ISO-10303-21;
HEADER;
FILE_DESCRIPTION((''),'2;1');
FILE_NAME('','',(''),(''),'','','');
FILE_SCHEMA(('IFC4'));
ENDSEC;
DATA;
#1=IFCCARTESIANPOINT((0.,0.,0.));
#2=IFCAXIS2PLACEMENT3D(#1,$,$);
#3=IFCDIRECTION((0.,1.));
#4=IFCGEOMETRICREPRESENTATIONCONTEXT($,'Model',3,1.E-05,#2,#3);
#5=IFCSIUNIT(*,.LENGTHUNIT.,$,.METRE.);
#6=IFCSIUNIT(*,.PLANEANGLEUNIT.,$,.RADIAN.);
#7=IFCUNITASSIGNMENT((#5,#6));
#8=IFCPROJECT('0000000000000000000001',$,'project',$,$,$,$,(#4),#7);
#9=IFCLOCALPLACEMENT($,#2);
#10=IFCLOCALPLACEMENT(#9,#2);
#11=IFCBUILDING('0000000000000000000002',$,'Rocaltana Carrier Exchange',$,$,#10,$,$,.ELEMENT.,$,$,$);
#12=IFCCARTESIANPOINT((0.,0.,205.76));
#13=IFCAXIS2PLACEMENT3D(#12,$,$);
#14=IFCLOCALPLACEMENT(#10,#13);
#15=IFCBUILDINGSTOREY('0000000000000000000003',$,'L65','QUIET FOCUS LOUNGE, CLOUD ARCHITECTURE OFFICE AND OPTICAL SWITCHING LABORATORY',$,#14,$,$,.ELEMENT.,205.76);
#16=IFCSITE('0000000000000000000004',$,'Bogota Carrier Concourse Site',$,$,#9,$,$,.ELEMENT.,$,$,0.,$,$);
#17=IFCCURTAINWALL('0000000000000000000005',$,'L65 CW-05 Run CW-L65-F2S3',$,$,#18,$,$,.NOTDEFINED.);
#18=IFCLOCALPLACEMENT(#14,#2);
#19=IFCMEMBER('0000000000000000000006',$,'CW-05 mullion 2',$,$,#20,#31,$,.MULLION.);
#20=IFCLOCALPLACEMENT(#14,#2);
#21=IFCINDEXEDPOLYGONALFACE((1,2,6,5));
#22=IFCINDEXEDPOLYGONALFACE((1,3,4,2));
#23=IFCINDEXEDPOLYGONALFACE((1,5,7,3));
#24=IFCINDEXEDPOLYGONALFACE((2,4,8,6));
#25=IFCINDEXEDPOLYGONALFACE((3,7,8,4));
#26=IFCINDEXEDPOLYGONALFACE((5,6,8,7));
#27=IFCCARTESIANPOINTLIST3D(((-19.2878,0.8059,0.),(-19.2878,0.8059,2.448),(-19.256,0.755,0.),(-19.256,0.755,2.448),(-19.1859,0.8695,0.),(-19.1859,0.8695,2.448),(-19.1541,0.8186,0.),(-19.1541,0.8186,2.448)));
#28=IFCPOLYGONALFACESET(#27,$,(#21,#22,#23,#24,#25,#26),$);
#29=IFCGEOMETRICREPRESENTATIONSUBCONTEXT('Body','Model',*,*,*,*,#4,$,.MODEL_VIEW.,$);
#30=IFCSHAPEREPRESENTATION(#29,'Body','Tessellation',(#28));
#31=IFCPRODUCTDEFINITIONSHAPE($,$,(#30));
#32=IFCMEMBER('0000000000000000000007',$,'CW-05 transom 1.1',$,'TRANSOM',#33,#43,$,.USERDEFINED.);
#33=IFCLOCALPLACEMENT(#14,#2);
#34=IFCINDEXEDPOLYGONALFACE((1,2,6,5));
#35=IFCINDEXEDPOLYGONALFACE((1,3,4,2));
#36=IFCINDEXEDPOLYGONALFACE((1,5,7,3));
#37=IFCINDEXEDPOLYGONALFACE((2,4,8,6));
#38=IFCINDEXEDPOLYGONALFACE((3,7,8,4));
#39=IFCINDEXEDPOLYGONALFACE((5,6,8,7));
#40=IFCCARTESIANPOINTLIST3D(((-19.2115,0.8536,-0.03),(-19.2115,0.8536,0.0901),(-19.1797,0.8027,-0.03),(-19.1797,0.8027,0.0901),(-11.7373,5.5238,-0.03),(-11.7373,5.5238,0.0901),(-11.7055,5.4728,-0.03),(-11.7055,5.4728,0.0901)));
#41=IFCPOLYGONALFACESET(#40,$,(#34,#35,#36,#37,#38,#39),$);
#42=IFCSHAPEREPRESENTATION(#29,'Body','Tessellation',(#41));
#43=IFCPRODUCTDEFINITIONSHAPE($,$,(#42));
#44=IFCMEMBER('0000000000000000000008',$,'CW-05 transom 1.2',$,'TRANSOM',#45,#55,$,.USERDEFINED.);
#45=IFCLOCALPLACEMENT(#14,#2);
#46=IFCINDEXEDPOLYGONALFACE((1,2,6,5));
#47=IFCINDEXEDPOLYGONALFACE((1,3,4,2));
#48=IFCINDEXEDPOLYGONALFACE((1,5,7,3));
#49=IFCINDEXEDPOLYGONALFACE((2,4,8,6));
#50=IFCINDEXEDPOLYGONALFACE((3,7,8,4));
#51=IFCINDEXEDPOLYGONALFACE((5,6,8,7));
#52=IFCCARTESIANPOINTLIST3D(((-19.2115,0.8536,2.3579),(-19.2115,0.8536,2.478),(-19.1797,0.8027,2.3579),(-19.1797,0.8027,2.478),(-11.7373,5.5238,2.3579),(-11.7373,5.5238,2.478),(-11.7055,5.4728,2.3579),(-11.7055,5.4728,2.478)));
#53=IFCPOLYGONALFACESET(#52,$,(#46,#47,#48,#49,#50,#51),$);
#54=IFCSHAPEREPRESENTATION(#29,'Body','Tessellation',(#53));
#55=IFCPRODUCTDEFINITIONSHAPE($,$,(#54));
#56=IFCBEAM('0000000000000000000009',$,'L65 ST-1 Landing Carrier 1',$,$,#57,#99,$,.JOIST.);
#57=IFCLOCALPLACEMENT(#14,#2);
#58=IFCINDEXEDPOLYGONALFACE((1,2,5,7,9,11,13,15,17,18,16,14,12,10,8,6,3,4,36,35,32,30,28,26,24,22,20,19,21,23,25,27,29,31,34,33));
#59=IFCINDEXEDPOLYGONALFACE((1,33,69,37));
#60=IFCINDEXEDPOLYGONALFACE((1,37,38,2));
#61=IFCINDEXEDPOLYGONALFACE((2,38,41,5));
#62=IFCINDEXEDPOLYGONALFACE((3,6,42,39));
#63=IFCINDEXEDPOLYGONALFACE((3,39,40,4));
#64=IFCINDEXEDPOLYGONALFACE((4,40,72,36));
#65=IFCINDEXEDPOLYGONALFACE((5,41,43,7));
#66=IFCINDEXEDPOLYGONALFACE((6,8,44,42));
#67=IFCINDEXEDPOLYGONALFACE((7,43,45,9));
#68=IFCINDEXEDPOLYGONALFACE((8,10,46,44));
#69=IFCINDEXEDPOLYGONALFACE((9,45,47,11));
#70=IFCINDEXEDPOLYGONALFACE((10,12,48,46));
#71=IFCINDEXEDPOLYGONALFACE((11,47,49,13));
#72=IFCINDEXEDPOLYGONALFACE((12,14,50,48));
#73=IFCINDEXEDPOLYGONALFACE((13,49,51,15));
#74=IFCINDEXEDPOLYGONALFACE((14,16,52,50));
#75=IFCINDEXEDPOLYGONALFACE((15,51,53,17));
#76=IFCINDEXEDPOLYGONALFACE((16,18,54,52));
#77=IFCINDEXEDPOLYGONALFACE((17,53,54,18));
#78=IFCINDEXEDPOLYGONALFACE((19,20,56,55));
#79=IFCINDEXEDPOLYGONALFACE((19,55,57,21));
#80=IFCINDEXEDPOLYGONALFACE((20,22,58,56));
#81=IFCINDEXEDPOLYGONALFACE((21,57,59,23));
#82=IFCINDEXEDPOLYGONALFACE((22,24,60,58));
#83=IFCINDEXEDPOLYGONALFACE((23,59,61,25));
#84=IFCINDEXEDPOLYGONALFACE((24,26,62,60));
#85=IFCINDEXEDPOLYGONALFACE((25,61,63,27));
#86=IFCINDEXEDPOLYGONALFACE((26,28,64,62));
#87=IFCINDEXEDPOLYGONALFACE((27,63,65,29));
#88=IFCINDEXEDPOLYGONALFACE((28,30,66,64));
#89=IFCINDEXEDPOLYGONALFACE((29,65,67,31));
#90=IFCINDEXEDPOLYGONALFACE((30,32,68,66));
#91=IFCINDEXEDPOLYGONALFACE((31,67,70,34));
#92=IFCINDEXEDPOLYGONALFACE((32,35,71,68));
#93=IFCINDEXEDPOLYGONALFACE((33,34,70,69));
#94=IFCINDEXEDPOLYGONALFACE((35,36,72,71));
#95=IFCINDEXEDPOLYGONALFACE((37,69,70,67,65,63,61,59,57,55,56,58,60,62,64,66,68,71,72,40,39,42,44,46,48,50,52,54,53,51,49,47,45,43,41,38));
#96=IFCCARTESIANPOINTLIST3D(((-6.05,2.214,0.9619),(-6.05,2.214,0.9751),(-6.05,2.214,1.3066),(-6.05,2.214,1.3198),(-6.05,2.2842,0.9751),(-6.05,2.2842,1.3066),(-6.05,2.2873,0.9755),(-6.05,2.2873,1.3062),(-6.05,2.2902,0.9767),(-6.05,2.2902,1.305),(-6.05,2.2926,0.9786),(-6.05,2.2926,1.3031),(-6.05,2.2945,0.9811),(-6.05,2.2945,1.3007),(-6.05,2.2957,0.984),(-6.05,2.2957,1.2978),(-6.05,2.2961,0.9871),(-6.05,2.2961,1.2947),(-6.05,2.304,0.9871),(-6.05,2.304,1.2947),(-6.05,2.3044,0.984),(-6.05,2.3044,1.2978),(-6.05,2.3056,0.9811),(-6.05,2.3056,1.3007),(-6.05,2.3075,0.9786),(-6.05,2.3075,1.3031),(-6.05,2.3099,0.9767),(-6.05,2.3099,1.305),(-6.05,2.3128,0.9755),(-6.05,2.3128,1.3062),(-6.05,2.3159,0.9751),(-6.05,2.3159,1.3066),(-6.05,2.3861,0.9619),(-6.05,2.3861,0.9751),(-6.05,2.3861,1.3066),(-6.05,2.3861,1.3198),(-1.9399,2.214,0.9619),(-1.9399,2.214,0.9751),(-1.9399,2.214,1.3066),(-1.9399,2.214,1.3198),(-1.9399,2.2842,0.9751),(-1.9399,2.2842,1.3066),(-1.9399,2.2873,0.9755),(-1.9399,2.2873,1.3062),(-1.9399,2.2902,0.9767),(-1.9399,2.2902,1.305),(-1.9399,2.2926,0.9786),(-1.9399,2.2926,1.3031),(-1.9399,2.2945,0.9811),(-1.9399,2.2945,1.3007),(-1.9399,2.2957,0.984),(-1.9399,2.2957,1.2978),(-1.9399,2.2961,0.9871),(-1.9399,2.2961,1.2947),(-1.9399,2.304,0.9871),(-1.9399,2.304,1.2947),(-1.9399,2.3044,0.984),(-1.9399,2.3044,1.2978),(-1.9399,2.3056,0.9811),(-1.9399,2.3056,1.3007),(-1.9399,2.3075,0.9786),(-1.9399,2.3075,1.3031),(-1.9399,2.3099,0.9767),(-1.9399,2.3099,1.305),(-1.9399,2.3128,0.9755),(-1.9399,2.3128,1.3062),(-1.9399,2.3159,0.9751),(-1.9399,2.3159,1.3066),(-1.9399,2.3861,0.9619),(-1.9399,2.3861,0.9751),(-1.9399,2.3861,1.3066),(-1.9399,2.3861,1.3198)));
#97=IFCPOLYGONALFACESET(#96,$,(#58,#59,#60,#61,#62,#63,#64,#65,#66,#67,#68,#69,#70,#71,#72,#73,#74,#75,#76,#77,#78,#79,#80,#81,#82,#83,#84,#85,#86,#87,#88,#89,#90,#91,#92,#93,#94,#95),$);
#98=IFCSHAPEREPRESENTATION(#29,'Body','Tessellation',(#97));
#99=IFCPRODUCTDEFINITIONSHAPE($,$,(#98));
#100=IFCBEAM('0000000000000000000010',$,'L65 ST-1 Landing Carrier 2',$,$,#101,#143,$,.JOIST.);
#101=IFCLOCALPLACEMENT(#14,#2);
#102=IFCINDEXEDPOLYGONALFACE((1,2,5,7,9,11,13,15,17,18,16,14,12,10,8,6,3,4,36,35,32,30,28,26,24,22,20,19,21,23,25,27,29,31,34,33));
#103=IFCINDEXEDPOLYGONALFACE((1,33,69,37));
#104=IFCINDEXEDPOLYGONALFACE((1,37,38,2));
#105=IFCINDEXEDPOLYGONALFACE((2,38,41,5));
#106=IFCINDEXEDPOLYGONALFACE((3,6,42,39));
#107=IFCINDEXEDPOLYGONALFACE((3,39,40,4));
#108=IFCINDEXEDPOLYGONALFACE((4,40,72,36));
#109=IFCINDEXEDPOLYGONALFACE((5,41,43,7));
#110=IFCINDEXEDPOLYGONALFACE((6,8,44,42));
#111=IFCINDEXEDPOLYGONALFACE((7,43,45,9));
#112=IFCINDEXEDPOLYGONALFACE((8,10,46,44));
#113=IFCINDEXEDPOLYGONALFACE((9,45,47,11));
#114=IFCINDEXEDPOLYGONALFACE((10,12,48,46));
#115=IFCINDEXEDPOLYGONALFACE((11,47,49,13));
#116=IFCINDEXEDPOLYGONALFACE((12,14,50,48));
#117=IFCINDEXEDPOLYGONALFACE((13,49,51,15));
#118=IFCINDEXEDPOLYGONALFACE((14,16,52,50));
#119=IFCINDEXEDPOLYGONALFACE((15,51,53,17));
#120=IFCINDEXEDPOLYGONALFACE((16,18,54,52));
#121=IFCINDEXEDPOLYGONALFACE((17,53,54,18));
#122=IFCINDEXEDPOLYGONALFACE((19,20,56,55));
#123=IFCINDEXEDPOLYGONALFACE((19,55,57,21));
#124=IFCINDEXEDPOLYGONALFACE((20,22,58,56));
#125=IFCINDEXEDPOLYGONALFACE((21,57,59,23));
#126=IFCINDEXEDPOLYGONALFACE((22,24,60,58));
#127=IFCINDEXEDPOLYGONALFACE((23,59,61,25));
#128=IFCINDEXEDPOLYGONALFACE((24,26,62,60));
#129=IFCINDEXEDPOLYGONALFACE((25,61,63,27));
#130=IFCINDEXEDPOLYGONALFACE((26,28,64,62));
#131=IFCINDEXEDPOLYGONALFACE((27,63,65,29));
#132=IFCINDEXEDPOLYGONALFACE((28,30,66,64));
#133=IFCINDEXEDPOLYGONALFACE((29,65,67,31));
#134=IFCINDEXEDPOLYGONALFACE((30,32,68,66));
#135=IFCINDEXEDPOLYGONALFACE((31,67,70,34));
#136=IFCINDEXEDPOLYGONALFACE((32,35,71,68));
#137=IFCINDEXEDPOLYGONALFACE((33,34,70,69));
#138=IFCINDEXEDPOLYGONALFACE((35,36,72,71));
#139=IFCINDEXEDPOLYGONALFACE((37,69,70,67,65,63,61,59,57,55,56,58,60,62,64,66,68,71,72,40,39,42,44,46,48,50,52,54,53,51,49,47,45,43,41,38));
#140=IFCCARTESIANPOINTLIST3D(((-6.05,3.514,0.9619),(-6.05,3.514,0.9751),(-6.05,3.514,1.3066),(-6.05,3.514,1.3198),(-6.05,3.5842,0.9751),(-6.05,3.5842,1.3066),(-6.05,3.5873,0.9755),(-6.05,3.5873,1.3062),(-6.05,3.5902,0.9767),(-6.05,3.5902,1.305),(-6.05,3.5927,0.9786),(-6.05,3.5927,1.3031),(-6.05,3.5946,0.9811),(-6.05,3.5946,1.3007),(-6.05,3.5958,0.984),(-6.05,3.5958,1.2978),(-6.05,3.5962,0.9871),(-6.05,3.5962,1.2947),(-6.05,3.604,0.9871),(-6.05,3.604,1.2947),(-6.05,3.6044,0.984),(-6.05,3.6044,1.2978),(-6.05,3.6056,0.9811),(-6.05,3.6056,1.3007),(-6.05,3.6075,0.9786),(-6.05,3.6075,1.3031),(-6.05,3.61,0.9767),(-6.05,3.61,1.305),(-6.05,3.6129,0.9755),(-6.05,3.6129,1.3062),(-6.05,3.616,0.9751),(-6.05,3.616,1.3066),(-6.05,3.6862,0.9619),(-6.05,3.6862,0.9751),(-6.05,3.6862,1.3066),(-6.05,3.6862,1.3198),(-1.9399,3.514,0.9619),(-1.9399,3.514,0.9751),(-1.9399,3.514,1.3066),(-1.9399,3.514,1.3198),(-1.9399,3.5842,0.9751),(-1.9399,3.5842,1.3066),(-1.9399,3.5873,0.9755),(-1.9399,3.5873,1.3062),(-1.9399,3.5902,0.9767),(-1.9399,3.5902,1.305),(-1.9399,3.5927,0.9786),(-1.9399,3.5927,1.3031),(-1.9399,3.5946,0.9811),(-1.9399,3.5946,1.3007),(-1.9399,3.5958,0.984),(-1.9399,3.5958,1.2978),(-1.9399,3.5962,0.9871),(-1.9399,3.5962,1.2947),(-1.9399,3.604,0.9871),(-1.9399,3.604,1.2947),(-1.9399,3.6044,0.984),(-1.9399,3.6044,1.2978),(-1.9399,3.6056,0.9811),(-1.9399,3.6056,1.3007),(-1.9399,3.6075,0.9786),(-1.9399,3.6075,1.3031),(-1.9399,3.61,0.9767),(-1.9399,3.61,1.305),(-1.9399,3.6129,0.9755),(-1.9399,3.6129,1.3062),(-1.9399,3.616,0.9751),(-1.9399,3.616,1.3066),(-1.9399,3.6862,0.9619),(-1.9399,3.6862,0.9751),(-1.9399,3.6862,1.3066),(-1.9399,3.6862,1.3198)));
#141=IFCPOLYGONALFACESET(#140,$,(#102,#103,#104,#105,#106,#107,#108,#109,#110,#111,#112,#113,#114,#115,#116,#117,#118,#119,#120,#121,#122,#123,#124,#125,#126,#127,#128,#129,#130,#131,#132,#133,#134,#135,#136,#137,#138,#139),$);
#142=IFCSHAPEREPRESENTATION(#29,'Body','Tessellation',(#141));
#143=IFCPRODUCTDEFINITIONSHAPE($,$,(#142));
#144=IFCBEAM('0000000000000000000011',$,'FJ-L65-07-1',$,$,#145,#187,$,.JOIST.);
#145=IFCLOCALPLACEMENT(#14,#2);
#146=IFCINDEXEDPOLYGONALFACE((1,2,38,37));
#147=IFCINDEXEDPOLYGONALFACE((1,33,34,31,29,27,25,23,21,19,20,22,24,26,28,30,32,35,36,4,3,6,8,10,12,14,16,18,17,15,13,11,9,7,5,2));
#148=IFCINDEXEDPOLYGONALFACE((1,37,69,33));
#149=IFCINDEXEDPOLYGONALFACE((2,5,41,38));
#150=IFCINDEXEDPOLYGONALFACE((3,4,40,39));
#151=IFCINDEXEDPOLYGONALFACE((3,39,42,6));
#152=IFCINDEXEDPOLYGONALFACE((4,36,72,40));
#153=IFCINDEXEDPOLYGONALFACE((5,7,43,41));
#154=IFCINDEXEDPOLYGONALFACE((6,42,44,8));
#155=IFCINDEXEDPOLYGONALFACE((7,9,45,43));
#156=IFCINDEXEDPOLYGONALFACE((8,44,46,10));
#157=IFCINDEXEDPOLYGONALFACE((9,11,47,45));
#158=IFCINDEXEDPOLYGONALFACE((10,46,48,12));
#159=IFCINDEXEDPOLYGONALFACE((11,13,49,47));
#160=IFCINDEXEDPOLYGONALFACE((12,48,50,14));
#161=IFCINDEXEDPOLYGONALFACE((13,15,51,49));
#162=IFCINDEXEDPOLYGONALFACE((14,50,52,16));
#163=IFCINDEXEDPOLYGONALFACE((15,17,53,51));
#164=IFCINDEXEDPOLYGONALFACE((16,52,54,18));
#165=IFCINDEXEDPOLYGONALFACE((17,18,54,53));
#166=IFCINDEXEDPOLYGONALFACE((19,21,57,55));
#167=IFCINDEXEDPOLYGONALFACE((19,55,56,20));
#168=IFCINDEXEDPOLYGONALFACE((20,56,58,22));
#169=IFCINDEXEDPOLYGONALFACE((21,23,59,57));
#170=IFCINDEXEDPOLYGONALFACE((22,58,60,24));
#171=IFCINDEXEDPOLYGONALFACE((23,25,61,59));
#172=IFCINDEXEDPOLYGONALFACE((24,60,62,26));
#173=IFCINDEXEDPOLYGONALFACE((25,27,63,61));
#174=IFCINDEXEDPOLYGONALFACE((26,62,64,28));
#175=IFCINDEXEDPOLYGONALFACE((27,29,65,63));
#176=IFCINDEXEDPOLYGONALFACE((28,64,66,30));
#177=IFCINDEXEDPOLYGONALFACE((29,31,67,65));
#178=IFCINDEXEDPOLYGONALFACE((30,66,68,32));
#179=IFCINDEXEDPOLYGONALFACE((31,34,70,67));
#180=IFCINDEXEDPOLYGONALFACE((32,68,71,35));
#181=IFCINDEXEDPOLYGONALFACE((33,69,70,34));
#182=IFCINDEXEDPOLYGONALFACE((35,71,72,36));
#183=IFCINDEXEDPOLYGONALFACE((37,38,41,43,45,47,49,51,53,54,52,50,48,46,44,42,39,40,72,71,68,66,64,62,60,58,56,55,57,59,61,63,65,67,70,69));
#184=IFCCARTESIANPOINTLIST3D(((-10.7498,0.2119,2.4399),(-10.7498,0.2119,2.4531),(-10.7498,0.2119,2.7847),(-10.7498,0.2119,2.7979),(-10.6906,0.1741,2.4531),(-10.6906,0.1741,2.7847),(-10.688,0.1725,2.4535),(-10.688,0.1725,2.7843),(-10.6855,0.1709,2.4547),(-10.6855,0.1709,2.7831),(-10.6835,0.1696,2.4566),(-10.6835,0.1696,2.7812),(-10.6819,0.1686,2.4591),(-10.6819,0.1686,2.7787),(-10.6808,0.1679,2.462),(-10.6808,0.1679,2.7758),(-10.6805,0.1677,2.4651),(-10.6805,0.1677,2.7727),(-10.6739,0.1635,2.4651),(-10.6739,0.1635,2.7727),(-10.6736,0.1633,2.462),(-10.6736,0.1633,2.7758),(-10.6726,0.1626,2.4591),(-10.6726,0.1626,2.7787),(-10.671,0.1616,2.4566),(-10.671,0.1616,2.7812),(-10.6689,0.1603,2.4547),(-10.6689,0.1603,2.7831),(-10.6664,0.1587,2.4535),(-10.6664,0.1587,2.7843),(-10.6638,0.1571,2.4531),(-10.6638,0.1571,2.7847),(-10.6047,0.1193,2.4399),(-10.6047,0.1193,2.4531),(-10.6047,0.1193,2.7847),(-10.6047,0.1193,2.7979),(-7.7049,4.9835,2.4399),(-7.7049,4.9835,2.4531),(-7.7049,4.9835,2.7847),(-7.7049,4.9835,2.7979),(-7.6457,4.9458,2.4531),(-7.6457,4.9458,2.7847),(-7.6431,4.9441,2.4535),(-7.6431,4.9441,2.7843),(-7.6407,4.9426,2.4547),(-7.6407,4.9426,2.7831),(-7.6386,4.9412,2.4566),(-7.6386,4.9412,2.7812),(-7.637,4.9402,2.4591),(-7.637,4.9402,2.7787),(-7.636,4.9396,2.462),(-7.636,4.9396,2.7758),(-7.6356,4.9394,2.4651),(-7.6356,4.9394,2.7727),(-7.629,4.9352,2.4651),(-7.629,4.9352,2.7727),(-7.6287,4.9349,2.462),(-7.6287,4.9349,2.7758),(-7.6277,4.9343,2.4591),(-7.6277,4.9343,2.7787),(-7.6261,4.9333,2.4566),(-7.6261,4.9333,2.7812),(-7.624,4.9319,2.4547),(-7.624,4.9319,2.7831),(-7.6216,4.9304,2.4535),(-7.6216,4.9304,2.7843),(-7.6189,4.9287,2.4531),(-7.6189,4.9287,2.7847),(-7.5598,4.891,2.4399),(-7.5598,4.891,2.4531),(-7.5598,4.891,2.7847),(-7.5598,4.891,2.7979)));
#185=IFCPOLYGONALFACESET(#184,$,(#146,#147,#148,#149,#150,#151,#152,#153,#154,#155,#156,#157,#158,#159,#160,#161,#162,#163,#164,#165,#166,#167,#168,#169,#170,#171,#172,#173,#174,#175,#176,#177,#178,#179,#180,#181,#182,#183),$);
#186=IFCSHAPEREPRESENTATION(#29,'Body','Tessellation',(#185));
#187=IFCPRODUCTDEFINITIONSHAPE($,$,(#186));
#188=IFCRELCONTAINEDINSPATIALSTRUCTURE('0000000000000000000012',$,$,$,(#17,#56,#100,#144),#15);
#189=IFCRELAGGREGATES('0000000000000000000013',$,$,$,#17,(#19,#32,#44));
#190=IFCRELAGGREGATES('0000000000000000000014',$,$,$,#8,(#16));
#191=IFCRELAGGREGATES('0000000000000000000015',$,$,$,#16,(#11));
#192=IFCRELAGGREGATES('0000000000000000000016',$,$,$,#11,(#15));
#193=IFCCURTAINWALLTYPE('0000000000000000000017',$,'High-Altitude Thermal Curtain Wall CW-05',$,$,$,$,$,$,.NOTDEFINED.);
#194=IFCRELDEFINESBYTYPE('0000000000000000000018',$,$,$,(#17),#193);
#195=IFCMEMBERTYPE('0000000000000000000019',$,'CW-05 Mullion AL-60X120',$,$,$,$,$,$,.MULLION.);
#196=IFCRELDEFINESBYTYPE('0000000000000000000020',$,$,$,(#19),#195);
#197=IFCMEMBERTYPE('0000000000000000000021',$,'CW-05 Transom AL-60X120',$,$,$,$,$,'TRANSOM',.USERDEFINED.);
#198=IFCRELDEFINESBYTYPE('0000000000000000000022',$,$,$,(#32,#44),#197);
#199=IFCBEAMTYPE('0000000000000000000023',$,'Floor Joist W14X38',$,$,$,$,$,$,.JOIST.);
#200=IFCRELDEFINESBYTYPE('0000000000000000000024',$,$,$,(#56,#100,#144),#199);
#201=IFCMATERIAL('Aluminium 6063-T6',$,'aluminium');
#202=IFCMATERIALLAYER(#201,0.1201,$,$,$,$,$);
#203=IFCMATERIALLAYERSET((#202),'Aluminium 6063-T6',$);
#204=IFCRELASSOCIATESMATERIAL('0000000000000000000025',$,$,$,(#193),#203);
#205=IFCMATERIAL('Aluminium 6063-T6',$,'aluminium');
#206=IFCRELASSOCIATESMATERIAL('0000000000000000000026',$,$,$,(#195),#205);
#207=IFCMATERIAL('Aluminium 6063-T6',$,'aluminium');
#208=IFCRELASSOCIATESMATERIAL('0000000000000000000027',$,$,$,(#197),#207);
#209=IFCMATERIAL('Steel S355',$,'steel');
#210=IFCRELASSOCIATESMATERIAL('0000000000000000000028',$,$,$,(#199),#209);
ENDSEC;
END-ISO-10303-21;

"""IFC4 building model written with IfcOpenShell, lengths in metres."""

from ifc_helpers import new_model, si_unit, direction, frame, origin, origin_2d, place, context, subcontext, project, spatial, rectangle, i_section, extrude, material, layer, layer_set, material_profile, profile_set, type_object, element, aggregate, save


model = new_model("IFC4")

# Units and contexts
model_context = context("Model", 3, precision=1e-05, world=origin(), true_north=direction((0.0, 1.0)))
body_context = subcontext(model_context, "Body", "Model", "MODEL_VIEW")
ifc_project = project(units=[si_unit("LENGTHUNIT", "METRE"), si_unit("PLANEANGLEUNIT", "RADIAN")], contexts=[model_context])

# Site, building, storey
site_placement = place(None, origin())
site = spatial("IfcSite", under=ifc_project, at=site_placement, Name="Bogota Carrier Concourse Site", CompositionType="ELEMENT", RefElevation=0.0)
building_placement = place(site_placement, origin())
building = spatial("IfcBuilding", under=site, at=building_placement, Name="Rocaltana Carrier Exchange", CompositionType="ELEMENT")
storey_placement = place(building_placement, frame((0.0, 0.0, 205.76)))
storey = spatial("IfcBuildingStorey", under=building, at=storey_placement, Name="L65", Description="QUIET FOCUS LOUNGE, CLOUD ARCHITECTURE OFFICE AND OPTICAL SWITCHING LABORATORY", CompositionType="ELEMENT", Elevation=205.76)

# Shared definitions
ifc_material_1 = material(Name="Aluminium 6063-T6", Category="aluminium")
ifc_layer_1 = layer(ifc_material_1, 0.1201)
ifc_layer_set_1 = layer_set([ifc_layer_1], Name="Aluminium 6063-T6")
curtain_wall_type = type_object("IfcCurtainWallType", Name="High-Altitude Thermal Curtain Wall CW-05", PredefinedType="NOTDEFINED", material=ifc_layer_set_1)
ifc_material_2 = material(Name="Aluminium 6063-T6", Category="aluminium")
ifc_material_profile_1 = material_profile(ifc_material_2, rectangle(XDim=0.0601, YDim=0.1201, at=origin_2d()), Name="AL-60X120")
ifc_profile_set_1 = profile_set([ifc_material_profile_1], Name="Aluminium 6063-T6")
member_type_1 = type_object("IfcMemberType", Name="CW-05 Mullion AL-60X120", PredefinedType="MULLION", material=ifc_profile_set_1)

# Curtain wall, members
curtain_wall_1_placement = place(storey_placement, origin())
curtain_wall_1 = element("IfcCurtainWall", 1, at=curtain_wall_1_placement, inside=storey, type_object=curtain_wall_type, Name="L65 CW-05 Run CW-L65-F2S3", PredefinedType="NOTDEFINED")
member_1_placement = place(storey_placement, frame((-19.2209, 0.8123, 0.0), z_axis=(0.0, 0.0, 1.0), x_axis=(0.529915, -0.84805, 0.0)))
member_1 = element("IfcMember", 2, at=member_1_placement, type_object=member_type_1, Name="CW-05 mullion 2", PredefinedType="MULLION", context=body_context, shape_type="SweptSolid", body=[
    extrude(rectangle(XDim=0.0601, YDim=0.1201, at=origin_2d()), origin(), (0.0, 0.0, 1.0), 2.448),
])
ifc_material_3 = material(Name="Aluminium 6063-T6", Category="aluminium")
ifc_material_profile_2 = material_profile(ifc_material_3, rectangle(XDim=0.0601, YDim=0.1201, at=origin_2d()), Name="AL-60X120")
ifc_profile_set_2 = profile_set([ifc_material_profile_2], Name="Aluminium 6063-T6")
member_type_2 = type_object("IfcMemberType", Name="CW-05 Transom AL-60X120", ElementType="TRANSOM", PredefinedType="USERDEFINED", material=ifc_profile_set_2)
member_2_placement = place(storey_placement, frame((-11.7214, 5.4983, 0.03), z_axis=(-0.848057, -0.529904, 0.0), x_axis=(0.529904, -0.848057, 0.0)))
member_2 = element("IfcMember", 3, at=member_2_placement, type_object=member_type_2, Name="CW-05 transom 1.1", ObjectType="TRANSOM", PredefinedType="USERDEFINED", context=body_context, shape_type="SweptSolid", body=[
    extrude(rectangle(XDim=0.0601, YDim=0.1201, at=origin_2d()), origin(), (0.0, 0.0, 1.0), 8.8132),
])
member_3_placement = place(storey_placement, frame((-11.7214, 5.4983, 2.418), z_axis=(-0.848057, -0.529904, 0.0), x_axis=(0.529904, -0.848057, 0.0)))
member_3 = element("IfcMember", 4, at=member_3_placement, type_object=member_type_2, Name="CW-05 transom 1.2", ObjectType="TRANSOM", PredefinedType="USERDEFINED", context=body_context, shape_type="SweptSolid", body=[
    extrude(rectangle(XDim=0.0601, YDim=0.1201, at=origin_2d()), origin(), (0.0, 0.0, 1.0), 8.8132),
])

# Beams
ifc_material_4 = material(Name="Steel S355", Category="steel")
ifc_material_profile_3 = material_profile(ifc_material_4, i_section(OverallWidth=0.1721, OverallDepth=0.3579, WebThickness=0.0078, FlangeThickness=0.0132, FilletRadius=0.012, at=origin_2d()), Name="W14X38")
ifc_profile_set_3 = profile_set([ifc_material_profile_3], Name="Steel S355")
beam_type_1 = type_object("IfcBeamType", Name="Floor Joist W14X38", PredefinedType="JOIST", material=ifc_profile_set_3)
for number, where, z_axis, x_axis, name in (
    (5, (-6.05, 2.3, 1.1409), (1.0, 0.0, 0.0), (0.0, 1.0, 0.0), "L65 ST-1 Landing Carrier 1"),
    (6, (-6.05, 3.6001, 1.1409), (1.0, 0.0, 0.0), (0.0, 1.0, 0.0), "L65 ST-1 Landing Carrier 2"),
):
    element("IfcBeam", number, at=place(storey_placement, frame(where, z_axis=z_axis, x_axis=x_axis)), inside=storey, type_object=beam_type_1, Name=name, PredefinedType="JOIST", context=body_context, shape_type="SweptSolid", body=[
        extrude(i_section(OverallWidth=0.1721, OverallDepth=0.3579, WebThickness=0.0078, FlangeThickness=0.0132, FilletRadius=0.012, at=origin_2d()), origin(), (0.0, 0.0, 1.0), 4.1101),
    ])
beam_1_placement = place(storey_placement, frame((-7.6323, 4.9373, 2.6189), z_axis=(-0.537927, -0.842991, 0.0), x_axis=(0.842991, -0.537927, 0.0)))
element("IfcBeam", 7, at=beam_1_placement, inside=storey, type_object=beam_type_1, Name="FJ-L65-07-1", PredefinedType="JOIST", context=body_context, shape_type="SweptSolid", body=[
    extrude(i_section(OverallWidth=0.1721, OverallDepth=0.3579, WebThickness=0.0078, FlangeThickness=0.0132, FilletRadius=0.012, at=origin_2d()), origin(), (0.0, 0.0, 1.0), 5.6604),
])

aggregate(curtain_wall_1, [member_1, member_2, member_3])

save(model, "model.ifc")
